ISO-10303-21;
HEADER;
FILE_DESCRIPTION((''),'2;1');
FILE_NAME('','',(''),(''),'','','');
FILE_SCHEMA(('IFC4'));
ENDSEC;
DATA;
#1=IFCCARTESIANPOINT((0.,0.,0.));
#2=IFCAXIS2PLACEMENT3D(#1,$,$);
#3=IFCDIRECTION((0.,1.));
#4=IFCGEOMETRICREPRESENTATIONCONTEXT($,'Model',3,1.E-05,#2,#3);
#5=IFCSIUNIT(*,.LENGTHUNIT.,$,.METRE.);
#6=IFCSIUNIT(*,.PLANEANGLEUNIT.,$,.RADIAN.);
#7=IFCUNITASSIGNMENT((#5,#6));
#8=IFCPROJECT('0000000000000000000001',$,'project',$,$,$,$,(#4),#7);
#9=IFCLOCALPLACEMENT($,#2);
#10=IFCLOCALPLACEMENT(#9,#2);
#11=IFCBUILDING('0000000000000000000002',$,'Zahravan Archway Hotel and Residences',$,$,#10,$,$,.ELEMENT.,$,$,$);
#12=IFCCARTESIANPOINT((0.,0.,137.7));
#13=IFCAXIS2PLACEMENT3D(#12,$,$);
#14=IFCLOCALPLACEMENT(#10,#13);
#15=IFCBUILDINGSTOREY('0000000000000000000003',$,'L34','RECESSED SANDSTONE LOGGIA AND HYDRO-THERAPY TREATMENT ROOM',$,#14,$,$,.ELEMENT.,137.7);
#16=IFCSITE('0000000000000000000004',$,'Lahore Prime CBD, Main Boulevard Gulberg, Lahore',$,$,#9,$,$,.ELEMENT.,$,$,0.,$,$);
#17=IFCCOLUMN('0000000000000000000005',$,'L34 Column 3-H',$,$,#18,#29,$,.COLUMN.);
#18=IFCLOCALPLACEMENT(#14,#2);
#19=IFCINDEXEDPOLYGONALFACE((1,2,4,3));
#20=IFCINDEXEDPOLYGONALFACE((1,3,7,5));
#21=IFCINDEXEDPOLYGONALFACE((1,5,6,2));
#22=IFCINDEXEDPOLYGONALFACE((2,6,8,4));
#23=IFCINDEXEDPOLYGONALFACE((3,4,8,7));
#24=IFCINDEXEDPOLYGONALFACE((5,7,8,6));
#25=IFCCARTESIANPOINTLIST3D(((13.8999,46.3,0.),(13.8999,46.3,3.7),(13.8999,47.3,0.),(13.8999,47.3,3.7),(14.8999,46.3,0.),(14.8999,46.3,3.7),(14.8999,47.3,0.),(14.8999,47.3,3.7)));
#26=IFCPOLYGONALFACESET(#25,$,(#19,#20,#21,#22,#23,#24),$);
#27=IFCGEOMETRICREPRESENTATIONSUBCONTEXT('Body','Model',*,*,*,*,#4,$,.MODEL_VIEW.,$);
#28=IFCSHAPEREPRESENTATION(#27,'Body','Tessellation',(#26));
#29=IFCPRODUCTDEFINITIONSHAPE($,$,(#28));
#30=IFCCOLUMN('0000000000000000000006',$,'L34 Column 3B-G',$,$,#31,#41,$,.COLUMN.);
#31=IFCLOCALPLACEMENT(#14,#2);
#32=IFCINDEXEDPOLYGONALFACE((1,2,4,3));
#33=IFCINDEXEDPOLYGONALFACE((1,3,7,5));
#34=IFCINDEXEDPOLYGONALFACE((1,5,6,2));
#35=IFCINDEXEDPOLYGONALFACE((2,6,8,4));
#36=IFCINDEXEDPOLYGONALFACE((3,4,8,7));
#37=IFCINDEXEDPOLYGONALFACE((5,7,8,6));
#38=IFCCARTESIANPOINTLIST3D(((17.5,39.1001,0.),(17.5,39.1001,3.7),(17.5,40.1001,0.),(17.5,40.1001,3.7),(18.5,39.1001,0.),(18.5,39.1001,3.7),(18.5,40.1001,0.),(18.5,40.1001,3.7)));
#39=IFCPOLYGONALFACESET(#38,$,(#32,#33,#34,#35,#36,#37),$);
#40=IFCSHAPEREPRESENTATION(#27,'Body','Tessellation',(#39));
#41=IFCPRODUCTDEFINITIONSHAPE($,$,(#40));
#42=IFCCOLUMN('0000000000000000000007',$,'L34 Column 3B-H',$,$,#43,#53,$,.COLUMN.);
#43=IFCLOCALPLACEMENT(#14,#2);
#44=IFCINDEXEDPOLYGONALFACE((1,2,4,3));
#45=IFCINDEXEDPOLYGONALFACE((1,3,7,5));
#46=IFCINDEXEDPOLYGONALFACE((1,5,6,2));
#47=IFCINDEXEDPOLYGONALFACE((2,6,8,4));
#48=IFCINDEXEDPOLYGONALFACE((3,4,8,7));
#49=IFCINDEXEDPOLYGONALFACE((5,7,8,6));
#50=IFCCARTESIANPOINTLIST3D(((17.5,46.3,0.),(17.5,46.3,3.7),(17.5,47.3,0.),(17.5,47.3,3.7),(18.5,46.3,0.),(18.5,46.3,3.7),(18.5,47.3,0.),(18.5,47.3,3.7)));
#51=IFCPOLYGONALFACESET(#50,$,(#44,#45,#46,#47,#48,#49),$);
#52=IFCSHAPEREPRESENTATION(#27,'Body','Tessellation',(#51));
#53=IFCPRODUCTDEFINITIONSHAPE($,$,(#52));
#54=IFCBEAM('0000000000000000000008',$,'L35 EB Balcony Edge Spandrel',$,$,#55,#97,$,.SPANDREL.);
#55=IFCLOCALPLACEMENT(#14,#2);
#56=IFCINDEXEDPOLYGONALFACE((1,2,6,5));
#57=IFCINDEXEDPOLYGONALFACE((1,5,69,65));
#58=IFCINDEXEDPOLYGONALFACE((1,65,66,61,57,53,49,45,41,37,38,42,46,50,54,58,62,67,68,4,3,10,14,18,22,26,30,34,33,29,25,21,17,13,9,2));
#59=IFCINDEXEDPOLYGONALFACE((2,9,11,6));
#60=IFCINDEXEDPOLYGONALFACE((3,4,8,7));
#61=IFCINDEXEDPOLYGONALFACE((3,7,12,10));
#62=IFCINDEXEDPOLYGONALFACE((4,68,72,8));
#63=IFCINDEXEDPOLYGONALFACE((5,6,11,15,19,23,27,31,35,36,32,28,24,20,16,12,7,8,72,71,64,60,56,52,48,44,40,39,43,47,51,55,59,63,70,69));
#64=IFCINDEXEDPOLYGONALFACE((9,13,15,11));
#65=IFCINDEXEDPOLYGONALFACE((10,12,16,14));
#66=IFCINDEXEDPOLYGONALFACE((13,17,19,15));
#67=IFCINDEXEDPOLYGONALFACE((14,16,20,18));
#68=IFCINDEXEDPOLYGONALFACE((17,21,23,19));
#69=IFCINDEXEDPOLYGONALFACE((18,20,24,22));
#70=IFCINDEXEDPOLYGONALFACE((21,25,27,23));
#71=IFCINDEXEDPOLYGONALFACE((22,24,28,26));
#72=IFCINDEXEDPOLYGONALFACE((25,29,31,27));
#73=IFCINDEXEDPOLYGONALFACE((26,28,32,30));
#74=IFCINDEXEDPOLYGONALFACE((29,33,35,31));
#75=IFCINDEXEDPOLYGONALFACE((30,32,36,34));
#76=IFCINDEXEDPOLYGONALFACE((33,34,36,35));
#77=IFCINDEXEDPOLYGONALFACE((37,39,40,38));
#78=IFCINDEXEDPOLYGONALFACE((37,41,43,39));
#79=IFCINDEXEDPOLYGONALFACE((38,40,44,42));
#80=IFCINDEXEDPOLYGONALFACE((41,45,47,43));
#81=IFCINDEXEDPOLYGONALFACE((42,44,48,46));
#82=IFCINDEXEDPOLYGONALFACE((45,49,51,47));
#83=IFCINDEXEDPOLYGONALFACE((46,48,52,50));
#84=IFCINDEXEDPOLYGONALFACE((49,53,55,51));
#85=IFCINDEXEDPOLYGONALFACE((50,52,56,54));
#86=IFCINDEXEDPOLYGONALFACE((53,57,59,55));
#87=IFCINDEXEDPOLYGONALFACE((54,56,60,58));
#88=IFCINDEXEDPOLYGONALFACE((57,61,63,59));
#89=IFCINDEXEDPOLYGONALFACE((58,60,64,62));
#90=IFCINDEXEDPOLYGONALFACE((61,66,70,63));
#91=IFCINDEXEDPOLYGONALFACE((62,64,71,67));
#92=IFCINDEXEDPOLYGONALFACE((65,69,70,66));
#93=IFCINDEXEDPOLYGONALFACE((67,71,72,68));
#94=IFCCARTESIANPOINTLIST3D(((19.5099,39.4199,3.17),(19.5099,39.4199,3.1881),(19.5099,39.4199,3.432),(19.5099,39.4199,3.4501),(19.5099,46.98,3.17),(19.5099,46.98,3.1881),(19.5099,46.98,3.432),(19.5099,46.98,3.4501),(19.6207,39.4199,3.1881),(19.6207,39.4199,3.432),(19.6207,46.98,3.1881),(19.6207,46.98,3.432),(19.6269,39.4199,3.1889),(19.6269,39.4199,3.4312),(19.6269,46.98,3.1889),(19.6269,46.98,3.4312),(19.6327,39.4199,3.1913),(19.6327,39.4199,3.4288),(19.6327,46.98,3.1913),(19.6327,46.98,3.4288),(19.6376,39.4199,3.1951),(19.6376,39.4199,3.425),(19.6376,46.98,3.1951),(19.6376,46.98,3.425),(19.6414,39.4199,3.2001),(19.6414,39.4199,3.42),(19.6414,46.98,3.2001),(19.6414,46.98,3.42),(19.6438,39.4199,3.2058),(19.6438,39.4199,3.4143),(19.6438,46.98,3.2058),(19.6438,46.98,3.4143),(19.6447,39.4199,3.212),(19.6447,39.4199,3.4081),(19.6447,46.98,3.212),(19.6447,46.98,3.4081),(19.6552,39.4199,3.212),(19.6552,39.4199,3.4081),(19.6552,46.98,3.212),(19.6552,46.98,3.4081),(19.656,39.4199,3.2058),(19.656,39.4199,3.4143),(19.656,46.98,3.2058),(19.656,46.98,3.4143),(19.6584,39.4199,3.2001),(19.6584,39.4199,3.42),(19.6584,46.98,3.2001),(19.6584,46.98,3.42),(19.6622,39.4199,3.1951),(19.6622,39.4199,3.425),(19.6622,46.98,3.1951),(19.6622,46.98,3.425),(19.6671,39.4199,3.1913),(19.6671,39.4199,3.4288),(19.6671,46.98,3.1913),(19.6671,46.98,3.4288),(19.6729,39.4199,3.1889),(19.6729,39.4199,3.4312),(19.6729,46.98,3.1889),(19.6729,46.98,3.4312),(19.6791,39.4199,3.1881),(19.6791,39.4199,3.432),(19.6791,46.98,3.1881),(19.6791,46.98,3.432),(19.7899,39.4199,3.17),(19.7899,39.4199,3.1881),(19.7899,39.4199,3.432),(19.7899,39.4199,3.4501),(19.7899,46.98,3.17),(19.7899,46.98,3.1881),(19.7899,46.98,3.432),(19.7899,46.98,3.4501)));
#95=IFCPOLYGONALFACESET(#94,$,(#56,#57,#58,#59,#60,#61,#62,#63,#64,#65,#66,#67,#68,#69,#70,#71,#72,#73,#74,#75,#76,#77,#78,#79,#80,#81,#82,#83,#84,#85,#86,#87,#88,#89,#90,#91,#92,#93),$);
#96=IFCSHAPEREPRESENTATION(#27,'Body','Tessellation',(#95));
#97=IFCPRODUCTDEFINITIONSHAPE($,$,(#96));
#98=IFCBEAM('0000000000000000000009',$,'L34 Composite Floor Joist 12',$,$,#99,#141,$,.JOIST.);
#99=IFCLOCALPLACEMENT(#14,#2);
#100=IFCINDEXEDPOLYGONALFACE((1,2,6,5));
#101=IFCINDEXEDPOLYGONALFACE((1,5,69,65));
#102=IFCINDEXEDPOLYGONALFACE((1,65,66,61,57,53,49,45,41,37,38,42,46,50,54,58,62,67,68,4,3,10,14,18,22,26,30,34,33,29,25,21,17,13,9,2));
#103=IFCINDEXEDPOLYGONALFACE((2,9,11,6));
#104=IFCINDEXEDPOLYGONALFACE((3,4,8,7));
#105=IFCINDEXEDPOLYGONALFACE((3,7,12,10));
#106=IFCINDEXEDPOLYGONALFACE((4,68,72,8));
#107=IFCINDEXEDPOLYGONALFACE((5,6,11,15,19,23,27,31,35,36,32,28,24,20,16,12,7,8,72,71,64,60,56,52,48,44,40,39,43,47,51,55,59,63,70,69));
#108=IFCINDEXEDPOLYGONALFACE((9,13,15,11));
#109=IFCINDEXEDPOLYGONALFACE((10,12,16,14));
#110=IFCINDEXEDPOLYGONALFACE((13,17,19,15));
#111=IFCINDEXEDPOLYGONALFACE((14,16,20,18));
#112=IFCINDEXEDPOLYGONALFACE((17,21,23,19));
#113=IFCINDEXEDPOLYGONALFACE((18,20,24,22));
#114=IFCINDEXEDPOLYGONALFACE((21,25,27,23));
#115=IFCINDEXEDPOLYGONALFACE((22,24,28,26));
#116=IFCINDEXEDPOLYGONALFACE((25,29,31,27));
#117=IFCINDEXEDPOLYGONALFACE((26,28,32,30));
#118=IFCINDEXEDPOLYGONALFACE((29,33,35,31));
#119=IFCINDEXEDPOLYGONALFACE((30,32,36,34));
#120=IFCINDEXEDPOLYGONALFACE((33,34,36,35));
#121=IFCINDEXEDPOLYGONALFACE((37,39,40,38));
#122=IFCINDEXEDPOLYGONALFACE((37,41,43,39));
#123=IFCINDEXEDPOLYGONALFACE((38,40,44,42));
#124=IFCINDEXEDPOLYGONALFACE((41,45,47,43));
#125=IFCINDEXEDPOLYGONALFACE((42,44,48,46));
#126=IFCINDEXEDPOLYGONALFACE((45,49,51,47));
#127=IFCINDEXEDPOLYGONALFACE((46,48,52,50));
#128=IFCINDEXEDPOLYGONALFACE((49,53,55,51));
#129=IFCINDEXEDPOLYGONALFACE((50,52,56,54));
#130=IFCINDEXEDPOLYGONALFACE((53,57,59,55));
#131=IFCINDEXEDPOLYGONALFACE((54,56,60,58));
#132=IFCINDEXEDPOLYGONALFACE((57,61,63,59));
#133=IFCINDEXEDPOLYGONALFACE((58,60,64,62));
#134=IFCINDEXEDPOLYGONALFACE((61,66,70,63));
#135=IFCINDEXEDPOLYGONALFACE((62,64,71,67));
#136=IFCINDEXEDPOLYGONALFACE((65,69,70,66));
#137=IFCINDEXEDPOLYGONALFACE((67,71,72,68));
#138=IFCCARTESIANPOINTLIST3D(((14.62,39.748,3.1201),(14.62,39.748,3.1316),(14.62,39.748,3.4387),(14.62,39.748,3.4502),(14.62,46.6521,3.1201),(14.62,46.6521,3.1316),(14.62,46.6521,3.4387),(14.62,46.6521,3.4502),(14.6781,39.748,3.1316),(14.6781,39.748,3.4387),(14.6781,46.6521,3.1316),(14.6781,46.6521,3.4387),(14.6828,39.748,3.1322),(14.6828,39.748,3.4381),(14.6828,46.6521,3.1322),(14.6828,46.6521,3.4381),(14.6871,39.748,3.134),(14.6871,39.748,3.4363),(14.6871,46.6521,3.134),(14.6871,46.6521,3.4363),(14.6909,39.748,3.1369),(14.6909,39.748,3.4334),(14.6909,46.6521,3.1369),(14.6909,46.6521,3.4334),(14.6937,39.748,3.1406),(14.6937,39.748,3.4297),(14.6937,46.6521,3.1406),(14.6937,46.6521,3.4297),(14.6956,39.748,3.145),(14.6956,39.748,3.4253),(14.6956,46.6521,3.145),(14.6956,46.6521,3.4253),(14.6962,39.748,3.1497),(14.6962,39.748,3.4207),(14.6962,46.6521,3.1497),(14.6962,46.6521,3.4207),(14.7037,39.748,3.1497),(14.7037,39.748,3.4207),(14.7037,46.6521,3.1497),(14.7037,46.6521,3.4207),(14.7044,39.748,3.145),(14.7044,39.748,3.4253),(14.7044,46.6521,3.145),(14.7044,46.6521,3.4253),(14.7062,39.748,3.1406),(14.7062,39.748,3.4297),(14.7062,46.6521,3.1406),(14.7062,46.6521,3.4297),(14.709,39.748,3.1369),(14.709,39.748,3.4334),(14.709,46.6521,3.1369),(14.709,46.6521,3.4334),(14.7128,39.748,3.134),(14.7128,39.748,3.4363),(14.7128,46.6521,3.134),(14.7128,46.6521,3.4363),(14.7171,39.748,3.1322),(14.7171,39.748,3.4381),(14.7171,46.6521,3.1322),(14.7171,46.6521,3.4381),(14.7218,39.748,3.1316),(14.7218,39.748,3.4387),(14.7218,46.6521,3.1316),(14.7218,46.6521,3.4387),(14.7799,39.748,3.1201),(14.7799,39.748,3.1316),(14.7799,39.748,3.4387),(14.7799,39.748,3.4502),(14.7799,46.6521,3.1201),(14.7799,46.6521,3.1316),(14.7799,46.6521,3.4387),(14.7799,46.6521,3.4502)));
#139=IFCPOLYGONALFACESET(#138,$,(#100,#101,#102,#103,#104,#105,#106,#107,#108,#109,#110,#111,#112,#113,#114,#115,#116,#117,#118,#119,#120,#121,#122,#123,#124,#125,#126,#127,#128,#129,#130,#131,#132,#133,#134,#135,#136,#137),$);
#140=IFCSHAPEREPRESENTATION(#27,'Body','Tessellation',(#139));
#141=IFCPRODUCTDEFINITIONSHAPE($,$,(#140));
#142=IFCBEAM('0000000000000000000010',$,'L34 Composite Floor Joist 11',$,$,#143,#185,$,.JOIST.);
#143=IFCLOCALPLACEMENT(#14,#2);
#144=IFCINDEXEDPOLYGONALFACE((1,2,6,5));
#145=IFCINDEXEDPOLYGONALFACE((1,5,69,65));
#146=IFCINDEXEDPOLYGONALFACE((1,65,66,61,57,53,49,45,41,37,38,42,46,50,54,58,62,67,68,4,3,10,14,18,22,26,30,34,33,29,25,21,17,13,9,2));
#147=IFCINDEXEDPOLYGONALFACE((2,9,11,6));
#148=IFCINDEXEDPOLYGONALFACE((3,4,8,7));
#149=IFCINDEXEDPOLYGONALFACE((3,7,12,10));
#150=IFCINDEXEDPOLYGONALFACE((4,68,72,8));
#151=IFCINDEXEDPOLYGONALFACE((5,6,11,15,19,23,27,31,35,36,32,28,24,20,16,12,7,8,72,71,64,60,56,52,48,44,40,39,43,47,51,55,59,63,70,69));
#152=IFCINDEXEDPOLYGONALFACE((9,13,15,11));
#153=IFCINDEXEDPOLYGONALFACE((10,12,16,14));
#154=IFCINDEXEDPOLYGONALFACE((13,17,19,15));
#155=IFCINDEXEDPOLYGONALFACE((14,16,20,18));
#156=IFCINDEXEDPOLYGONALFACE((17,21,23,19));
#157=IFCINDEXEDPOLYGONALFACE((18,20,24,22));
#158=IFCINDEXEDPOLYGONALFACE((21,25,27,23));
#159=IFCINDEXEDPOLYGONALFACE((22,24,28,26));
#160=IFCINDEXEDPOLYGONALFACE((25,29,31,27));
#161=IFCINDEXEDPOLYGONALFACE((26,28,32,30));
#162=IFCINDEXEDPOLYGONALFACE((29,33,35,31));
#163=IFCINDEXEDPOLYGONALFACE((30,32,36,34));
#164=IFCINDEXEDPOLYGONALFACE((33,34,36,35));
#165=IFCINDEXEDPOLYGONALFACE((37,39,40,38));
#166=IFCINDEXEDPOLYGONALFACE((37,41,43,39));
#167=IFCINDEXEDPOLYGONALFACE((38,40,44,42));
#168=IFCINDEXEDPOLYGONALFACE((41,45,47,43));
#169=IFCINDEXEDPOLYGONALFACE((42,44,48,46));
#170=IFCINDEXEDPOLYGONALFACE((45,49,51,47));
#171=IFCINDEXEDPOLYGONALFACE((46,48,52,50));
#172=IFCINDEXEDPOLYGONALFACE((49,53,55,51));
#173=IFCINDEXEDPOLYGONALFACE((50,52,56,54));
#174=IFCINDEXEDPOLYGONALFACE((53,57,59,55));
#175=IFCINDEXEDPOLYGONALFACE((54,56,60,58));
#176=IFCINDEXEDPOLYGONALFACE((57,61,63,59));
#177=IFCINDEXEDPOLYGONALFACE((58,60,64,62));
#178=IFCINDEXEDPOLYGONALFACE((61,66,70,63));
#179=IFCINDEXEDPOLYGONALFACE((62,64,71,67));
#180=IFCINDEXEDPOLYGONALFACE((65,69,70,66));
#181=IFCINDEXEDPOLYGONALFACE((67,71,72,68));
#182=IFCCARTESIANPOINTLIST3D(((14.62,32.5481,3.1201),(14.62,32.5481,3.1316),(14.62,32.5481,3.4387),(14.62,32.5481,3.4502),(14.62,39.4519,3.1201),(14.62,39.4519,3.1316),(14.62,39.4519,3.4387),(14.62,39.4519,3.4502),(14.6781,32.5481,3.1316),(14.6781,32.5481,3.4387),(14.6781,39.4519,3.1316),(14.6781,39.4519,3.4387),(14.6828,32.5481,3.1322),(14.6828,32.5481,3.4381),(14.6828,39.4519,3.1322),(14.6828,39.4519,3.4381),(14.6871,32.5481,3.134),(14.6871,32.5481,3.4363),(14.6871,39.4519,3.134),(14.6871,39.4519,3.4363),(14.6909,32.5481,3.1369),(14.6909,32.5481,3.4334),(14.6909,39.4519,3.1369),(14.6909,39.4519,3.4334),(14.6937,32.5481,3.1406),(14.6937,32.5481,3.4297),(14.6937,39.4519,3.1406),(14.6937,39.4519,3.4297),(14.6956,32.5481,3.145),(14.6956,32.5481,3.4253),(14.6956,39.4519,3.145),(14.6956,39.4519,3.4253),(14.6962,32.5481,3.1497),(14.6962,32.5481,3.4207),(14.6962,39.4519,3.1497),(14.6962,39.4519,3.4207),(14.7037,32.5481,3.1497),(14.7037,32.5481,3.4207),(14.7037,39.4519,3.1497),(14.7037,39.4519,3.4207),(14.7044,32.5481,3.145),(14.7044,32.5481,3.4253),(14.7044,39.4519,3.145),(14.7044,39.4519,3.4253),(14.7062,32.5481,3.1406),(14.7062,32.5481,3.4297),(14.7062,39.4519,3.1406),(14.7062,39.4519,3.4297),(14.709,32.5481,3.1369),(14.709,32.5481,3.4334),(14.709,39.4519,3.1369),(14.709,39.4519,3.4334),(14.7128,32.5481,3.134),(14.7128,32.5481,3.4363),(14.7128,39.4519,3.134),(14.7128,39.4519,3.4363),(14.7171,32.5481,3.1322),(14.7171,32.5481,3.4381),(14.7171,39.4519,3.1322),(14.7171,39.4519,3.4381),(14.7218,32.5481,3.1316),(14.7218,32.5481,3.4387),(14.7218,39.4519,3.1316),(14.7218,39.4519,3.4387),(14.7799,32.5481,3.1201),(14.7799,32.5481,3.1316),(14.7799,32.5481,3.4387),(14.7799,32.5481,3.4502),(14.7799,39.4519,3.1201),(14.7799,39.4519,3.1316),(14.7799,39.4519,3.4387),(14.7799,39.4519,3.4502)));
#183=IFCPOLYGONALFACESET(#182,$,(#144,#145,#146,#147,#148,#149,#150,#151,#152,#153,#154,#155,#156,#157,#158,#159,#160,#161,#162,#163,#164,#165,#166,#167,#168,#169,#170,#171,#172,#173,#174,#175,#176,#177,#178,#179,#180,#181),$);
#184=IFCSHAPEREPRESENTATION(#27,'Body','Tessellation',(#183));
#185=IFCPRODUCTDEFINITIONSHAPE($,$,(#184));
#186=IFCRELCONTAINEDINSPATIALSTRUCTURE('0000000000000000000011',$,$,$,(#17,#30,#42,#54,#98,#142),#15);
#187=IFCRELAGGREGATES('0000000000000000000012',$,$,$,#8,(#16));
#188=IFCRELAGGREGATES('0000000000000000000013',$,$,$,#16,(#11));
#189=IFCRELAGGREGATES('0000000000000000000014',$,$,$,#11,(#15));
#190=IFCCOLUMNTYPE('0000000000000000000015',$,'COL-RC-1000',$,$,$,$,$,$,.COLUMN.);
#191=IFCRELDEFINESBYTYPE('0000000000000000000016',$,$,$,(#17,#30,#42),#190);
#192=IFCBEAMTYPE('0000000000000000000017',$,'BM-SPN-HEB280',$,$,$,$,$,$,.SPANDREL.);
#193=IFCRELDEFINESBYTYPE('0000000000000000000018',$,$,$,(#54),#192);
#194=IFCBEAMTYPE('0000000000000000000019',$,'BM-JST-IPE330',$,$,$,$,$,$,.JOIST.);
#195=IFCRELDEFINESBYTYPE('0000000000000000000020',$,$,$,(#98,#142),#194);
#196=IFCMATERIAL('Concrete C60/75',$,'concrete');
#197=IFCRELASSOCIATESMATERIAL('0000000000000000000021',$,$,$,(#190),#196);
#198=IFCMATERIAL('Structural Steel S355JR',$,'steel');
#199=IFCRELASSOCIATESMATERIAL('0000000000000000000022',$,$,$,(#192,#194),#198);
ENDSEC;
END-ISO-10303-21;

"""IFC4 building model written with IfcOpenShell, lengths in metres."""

from ifc_helpers import new_model, si_unit, direction, frame, origin, origin_2d, place, context, subcontext, project, spatial, rectangle, i_section, extrude, source, transform, mapped, material, material_profile, profile_set, type_object, type_shapes, element, save


model = new_model("IFC4")

# Units and contexts
model_context = context("Model", 3, precision=1e-05, world=origin(), true_north=direction((0.0, 1.0)))
body_context = subcontext(model_context, "Body", "Model", "MODEL_VIEW")
ifc_project = project(units=[si_unit("LENGTHUNIT", "METRE"), si_unit("PLANEANGLEUNIT", "RADIAN")], contexts=[model_context])

# Site, building, storey
site_placement = place(None, origin())
site = spatial("IfcSite", under=ifc_project, at=site_placement, Name="Lahore Prime CBD, Main Boulevard Gulberg, Lahore", CompositionType="ELEMENT", RefElevation=0.0)
building_placement = place(site_placement, origin())
building = spatial("IfcBuilding", under=site, at=building_placement, Name="Zahravan Archway Hotel and Residences", CompositionType="ELEMENT")
storey_placement = place(building_placement, frame((0.0, 0.0, 137.7)))
storey = spatial("IfcBuildingStorey", under=building, at=storey_placement, Name="L34", Description="RECESSED SANDSTONE LOGGIA AND HYDRO-THERAPY TREATMENT ROOM", CompositionType="ELEMENT", Elevation=137.7)

# Columns
ifc_material_1 = material(Name="Concrete C60/75", Category="concrete")
ifc_material_profile_1 = material_profile(ifc_material_1, rectangle(XDim=1.0, YDim=1.0, at=origin_2d()), Name="RC-COL-1000x1000", Category="concrete")
ifc_profile_set_1 = profile_set([ifc_material_profile_1], Name="Concrete C60/75")
column_type = type_object("IfcColumnType", Name="COL-RC-1000", PredefinedType="COLUMN", material=ifc_profile_set_1)
shared_shape_1 = source(origin(), body_context, "Body", "SweptSolid", [
    extrude(rectangle(XDim=1.0, YDim=1.0, at=origin_2d()), origin(), (0.0, 0.0, 1.0), 3.7),
])
type_shapes(column_type, [shared_shape_1])
for number, where, z_axis, x_axis, name in (
    (1, (14.3999, 46.8, 0.0), (0.0, 0.0, 1.0), (1.0, 0.0, 0.0), "L34 Column 3-H"),
    (2, (18.0, 39.6001, 0.0), (0.0, 0.0, 1.0), (1.0, 0.0, 0.0), "L34 Column 3B-G"),
    (3, (18.0, 46.8, 0.0), (0.0, 0.0, 1.0), (1.0, 0.0, 0.0), "L34 Column 3B-H"),
):
    element("IfcColumn", number, at=place(storey_placement, frame(where, z_axis=z_axis, x_axis=x_axis)), inside=storey, type_object=column_type, Name=name, PredefinedType="COLUMN", context=body_context, shape_type="MappedRepresentation", body=[
        mapped(shared_shape_1, transform((0.0, 0.0, 0.0), scale=1.0)),
    ])

# Beams
ifc_material_2 = material(Name="Structural Steel S355JR", Category="steel")
ifc_material_profile_2 = material_profile(ifc_material_2, i_section(OverallWidth=0.28, OverallDepth=0.28, WebThickness=0.0105, FlangeThickness=0.0181, FilletRadius=0.0239, at=origin_2d()), Name="HEB 280", Category="steel")
ifc_profile_set_2 = profile_set([ifc_material_profile_2], Name="Structural Steel S355JR")
beam_type_1 = type_object("IfcBeamType", Name="BM-SPN-HEB280", PredefinedType="SPANDREL", material=ifc_profile_set_2)
shared_shape_2 = source(origin(), body_context, "Body", "SweptSolid", [
    extrude(i_section(OverallWidth=0.28, OverallDepth=0.28, WebThickness=0.0105, FlangeThickness=0.0181, FilletRadius=0.0239, at=origin_2d()), origin(), (0.0, 0.0, 1.0), 7.5601),
])
type_shapes(beam_type_1, [shared_shape_2])
beam_1_placement = place(storey_placement, frame((19.6499, 39.4199, 3.3101), z_axis=(0.0, 1.0, 0.0), x_axis=(-1.0, 0.0, 0.0)))
element("IfcBeam", 4, at=beam_1_placement, inside=storey, type_object=beam_type_1, Name="L35 EB Balcony Edge Spandrel", PredefinedType="SPANDREL", context=body_context, shape_type="MappedRepresentation", body=[
    mapped(shared_shape_2, transform((0.0, 0.0, 0.0), scale=1.0)),
])
ifc_material_profile_3 = material_profile(ifc_material_2, i_section(OverallWidth=0.1599, OverallDepth=0.3301, WebThickness=0.0076, FlangeThickness=0.0115, FilletRadius=0.0181, at=origin_2d()), Name="IPE 330", Category="steel")
ifc_profile_set_3 = profile_set([ifc_material_profile_3], Name="Structural Steel S355JR")
beam_type_2 = type_object("IfcBeamType", Name="BM-JST-IPE330", PredefinedType="JOIST", material=ifc_profile_set_3)
shared_shape_3 = source(origin(), body_context, "Body", "SweptSolid", [
    extrude(i_section(OverallWidth=0.1599, OverallDepth=0.3301, WebThickness=0.0076, FlangeThickness=0.0115, FilletRadius=0.0181, at=origin_2d()), origin(), (0.0, 0.0, 1.0), 6.9041),
])
type_shapes(beam_type_2, [shared_shape_3])
beam_2_placement = place(storey_placement, frame((14.7, 39.748, 3.2852), z_axis=(0.0, 1.0, 0.0), x_axis=(-1.0, 0.0, 0.0)))
element("IfcBeam", 5, at=beam_2_placement, inside=storey, type_object=beam_type_2, Name="L34 Composite Floor Joist 12", PredefinedType="JOIST", context=body_context, shape_type="MappedRepresentation", body=[
    mapped(shared_shape_3, transform((0.0, 0.0, 0.0), scale=1.0)),
])
shared_shape_4 = source(origin(), body_context, "Body", "SweptSolid", [
    extrude(i_section(OverallWidth=0.1599, OverallDepth=0.3301, WebThickness=0.0076, FlangeThickness=0.0115, FilletRadius=0.0181, at=origin_2d()), origin(), (0.0, 0.0, 1.0), 6.9038),
])
beam_3_placement = place(storey_placement, frame((14.7, 32.5481, 3.2852), z_axis=(0.0, 1.0, 0.0), x_axis=(-1.0, 0.0, 0.0)))
element("IfcBeam", 6, at=beam_3_placement, inside=storey, type_object=beam_type_2, Name="L34 Composite Floor Joist 11", PredefinedType="JOIST", context=body_context, shape_type="MappedRepresentation", body=[
    mapped(shared_shape_4, transform((0.0, 0.0, 0.0), scale=1.0)),
])

save(model, "model.ifc")
